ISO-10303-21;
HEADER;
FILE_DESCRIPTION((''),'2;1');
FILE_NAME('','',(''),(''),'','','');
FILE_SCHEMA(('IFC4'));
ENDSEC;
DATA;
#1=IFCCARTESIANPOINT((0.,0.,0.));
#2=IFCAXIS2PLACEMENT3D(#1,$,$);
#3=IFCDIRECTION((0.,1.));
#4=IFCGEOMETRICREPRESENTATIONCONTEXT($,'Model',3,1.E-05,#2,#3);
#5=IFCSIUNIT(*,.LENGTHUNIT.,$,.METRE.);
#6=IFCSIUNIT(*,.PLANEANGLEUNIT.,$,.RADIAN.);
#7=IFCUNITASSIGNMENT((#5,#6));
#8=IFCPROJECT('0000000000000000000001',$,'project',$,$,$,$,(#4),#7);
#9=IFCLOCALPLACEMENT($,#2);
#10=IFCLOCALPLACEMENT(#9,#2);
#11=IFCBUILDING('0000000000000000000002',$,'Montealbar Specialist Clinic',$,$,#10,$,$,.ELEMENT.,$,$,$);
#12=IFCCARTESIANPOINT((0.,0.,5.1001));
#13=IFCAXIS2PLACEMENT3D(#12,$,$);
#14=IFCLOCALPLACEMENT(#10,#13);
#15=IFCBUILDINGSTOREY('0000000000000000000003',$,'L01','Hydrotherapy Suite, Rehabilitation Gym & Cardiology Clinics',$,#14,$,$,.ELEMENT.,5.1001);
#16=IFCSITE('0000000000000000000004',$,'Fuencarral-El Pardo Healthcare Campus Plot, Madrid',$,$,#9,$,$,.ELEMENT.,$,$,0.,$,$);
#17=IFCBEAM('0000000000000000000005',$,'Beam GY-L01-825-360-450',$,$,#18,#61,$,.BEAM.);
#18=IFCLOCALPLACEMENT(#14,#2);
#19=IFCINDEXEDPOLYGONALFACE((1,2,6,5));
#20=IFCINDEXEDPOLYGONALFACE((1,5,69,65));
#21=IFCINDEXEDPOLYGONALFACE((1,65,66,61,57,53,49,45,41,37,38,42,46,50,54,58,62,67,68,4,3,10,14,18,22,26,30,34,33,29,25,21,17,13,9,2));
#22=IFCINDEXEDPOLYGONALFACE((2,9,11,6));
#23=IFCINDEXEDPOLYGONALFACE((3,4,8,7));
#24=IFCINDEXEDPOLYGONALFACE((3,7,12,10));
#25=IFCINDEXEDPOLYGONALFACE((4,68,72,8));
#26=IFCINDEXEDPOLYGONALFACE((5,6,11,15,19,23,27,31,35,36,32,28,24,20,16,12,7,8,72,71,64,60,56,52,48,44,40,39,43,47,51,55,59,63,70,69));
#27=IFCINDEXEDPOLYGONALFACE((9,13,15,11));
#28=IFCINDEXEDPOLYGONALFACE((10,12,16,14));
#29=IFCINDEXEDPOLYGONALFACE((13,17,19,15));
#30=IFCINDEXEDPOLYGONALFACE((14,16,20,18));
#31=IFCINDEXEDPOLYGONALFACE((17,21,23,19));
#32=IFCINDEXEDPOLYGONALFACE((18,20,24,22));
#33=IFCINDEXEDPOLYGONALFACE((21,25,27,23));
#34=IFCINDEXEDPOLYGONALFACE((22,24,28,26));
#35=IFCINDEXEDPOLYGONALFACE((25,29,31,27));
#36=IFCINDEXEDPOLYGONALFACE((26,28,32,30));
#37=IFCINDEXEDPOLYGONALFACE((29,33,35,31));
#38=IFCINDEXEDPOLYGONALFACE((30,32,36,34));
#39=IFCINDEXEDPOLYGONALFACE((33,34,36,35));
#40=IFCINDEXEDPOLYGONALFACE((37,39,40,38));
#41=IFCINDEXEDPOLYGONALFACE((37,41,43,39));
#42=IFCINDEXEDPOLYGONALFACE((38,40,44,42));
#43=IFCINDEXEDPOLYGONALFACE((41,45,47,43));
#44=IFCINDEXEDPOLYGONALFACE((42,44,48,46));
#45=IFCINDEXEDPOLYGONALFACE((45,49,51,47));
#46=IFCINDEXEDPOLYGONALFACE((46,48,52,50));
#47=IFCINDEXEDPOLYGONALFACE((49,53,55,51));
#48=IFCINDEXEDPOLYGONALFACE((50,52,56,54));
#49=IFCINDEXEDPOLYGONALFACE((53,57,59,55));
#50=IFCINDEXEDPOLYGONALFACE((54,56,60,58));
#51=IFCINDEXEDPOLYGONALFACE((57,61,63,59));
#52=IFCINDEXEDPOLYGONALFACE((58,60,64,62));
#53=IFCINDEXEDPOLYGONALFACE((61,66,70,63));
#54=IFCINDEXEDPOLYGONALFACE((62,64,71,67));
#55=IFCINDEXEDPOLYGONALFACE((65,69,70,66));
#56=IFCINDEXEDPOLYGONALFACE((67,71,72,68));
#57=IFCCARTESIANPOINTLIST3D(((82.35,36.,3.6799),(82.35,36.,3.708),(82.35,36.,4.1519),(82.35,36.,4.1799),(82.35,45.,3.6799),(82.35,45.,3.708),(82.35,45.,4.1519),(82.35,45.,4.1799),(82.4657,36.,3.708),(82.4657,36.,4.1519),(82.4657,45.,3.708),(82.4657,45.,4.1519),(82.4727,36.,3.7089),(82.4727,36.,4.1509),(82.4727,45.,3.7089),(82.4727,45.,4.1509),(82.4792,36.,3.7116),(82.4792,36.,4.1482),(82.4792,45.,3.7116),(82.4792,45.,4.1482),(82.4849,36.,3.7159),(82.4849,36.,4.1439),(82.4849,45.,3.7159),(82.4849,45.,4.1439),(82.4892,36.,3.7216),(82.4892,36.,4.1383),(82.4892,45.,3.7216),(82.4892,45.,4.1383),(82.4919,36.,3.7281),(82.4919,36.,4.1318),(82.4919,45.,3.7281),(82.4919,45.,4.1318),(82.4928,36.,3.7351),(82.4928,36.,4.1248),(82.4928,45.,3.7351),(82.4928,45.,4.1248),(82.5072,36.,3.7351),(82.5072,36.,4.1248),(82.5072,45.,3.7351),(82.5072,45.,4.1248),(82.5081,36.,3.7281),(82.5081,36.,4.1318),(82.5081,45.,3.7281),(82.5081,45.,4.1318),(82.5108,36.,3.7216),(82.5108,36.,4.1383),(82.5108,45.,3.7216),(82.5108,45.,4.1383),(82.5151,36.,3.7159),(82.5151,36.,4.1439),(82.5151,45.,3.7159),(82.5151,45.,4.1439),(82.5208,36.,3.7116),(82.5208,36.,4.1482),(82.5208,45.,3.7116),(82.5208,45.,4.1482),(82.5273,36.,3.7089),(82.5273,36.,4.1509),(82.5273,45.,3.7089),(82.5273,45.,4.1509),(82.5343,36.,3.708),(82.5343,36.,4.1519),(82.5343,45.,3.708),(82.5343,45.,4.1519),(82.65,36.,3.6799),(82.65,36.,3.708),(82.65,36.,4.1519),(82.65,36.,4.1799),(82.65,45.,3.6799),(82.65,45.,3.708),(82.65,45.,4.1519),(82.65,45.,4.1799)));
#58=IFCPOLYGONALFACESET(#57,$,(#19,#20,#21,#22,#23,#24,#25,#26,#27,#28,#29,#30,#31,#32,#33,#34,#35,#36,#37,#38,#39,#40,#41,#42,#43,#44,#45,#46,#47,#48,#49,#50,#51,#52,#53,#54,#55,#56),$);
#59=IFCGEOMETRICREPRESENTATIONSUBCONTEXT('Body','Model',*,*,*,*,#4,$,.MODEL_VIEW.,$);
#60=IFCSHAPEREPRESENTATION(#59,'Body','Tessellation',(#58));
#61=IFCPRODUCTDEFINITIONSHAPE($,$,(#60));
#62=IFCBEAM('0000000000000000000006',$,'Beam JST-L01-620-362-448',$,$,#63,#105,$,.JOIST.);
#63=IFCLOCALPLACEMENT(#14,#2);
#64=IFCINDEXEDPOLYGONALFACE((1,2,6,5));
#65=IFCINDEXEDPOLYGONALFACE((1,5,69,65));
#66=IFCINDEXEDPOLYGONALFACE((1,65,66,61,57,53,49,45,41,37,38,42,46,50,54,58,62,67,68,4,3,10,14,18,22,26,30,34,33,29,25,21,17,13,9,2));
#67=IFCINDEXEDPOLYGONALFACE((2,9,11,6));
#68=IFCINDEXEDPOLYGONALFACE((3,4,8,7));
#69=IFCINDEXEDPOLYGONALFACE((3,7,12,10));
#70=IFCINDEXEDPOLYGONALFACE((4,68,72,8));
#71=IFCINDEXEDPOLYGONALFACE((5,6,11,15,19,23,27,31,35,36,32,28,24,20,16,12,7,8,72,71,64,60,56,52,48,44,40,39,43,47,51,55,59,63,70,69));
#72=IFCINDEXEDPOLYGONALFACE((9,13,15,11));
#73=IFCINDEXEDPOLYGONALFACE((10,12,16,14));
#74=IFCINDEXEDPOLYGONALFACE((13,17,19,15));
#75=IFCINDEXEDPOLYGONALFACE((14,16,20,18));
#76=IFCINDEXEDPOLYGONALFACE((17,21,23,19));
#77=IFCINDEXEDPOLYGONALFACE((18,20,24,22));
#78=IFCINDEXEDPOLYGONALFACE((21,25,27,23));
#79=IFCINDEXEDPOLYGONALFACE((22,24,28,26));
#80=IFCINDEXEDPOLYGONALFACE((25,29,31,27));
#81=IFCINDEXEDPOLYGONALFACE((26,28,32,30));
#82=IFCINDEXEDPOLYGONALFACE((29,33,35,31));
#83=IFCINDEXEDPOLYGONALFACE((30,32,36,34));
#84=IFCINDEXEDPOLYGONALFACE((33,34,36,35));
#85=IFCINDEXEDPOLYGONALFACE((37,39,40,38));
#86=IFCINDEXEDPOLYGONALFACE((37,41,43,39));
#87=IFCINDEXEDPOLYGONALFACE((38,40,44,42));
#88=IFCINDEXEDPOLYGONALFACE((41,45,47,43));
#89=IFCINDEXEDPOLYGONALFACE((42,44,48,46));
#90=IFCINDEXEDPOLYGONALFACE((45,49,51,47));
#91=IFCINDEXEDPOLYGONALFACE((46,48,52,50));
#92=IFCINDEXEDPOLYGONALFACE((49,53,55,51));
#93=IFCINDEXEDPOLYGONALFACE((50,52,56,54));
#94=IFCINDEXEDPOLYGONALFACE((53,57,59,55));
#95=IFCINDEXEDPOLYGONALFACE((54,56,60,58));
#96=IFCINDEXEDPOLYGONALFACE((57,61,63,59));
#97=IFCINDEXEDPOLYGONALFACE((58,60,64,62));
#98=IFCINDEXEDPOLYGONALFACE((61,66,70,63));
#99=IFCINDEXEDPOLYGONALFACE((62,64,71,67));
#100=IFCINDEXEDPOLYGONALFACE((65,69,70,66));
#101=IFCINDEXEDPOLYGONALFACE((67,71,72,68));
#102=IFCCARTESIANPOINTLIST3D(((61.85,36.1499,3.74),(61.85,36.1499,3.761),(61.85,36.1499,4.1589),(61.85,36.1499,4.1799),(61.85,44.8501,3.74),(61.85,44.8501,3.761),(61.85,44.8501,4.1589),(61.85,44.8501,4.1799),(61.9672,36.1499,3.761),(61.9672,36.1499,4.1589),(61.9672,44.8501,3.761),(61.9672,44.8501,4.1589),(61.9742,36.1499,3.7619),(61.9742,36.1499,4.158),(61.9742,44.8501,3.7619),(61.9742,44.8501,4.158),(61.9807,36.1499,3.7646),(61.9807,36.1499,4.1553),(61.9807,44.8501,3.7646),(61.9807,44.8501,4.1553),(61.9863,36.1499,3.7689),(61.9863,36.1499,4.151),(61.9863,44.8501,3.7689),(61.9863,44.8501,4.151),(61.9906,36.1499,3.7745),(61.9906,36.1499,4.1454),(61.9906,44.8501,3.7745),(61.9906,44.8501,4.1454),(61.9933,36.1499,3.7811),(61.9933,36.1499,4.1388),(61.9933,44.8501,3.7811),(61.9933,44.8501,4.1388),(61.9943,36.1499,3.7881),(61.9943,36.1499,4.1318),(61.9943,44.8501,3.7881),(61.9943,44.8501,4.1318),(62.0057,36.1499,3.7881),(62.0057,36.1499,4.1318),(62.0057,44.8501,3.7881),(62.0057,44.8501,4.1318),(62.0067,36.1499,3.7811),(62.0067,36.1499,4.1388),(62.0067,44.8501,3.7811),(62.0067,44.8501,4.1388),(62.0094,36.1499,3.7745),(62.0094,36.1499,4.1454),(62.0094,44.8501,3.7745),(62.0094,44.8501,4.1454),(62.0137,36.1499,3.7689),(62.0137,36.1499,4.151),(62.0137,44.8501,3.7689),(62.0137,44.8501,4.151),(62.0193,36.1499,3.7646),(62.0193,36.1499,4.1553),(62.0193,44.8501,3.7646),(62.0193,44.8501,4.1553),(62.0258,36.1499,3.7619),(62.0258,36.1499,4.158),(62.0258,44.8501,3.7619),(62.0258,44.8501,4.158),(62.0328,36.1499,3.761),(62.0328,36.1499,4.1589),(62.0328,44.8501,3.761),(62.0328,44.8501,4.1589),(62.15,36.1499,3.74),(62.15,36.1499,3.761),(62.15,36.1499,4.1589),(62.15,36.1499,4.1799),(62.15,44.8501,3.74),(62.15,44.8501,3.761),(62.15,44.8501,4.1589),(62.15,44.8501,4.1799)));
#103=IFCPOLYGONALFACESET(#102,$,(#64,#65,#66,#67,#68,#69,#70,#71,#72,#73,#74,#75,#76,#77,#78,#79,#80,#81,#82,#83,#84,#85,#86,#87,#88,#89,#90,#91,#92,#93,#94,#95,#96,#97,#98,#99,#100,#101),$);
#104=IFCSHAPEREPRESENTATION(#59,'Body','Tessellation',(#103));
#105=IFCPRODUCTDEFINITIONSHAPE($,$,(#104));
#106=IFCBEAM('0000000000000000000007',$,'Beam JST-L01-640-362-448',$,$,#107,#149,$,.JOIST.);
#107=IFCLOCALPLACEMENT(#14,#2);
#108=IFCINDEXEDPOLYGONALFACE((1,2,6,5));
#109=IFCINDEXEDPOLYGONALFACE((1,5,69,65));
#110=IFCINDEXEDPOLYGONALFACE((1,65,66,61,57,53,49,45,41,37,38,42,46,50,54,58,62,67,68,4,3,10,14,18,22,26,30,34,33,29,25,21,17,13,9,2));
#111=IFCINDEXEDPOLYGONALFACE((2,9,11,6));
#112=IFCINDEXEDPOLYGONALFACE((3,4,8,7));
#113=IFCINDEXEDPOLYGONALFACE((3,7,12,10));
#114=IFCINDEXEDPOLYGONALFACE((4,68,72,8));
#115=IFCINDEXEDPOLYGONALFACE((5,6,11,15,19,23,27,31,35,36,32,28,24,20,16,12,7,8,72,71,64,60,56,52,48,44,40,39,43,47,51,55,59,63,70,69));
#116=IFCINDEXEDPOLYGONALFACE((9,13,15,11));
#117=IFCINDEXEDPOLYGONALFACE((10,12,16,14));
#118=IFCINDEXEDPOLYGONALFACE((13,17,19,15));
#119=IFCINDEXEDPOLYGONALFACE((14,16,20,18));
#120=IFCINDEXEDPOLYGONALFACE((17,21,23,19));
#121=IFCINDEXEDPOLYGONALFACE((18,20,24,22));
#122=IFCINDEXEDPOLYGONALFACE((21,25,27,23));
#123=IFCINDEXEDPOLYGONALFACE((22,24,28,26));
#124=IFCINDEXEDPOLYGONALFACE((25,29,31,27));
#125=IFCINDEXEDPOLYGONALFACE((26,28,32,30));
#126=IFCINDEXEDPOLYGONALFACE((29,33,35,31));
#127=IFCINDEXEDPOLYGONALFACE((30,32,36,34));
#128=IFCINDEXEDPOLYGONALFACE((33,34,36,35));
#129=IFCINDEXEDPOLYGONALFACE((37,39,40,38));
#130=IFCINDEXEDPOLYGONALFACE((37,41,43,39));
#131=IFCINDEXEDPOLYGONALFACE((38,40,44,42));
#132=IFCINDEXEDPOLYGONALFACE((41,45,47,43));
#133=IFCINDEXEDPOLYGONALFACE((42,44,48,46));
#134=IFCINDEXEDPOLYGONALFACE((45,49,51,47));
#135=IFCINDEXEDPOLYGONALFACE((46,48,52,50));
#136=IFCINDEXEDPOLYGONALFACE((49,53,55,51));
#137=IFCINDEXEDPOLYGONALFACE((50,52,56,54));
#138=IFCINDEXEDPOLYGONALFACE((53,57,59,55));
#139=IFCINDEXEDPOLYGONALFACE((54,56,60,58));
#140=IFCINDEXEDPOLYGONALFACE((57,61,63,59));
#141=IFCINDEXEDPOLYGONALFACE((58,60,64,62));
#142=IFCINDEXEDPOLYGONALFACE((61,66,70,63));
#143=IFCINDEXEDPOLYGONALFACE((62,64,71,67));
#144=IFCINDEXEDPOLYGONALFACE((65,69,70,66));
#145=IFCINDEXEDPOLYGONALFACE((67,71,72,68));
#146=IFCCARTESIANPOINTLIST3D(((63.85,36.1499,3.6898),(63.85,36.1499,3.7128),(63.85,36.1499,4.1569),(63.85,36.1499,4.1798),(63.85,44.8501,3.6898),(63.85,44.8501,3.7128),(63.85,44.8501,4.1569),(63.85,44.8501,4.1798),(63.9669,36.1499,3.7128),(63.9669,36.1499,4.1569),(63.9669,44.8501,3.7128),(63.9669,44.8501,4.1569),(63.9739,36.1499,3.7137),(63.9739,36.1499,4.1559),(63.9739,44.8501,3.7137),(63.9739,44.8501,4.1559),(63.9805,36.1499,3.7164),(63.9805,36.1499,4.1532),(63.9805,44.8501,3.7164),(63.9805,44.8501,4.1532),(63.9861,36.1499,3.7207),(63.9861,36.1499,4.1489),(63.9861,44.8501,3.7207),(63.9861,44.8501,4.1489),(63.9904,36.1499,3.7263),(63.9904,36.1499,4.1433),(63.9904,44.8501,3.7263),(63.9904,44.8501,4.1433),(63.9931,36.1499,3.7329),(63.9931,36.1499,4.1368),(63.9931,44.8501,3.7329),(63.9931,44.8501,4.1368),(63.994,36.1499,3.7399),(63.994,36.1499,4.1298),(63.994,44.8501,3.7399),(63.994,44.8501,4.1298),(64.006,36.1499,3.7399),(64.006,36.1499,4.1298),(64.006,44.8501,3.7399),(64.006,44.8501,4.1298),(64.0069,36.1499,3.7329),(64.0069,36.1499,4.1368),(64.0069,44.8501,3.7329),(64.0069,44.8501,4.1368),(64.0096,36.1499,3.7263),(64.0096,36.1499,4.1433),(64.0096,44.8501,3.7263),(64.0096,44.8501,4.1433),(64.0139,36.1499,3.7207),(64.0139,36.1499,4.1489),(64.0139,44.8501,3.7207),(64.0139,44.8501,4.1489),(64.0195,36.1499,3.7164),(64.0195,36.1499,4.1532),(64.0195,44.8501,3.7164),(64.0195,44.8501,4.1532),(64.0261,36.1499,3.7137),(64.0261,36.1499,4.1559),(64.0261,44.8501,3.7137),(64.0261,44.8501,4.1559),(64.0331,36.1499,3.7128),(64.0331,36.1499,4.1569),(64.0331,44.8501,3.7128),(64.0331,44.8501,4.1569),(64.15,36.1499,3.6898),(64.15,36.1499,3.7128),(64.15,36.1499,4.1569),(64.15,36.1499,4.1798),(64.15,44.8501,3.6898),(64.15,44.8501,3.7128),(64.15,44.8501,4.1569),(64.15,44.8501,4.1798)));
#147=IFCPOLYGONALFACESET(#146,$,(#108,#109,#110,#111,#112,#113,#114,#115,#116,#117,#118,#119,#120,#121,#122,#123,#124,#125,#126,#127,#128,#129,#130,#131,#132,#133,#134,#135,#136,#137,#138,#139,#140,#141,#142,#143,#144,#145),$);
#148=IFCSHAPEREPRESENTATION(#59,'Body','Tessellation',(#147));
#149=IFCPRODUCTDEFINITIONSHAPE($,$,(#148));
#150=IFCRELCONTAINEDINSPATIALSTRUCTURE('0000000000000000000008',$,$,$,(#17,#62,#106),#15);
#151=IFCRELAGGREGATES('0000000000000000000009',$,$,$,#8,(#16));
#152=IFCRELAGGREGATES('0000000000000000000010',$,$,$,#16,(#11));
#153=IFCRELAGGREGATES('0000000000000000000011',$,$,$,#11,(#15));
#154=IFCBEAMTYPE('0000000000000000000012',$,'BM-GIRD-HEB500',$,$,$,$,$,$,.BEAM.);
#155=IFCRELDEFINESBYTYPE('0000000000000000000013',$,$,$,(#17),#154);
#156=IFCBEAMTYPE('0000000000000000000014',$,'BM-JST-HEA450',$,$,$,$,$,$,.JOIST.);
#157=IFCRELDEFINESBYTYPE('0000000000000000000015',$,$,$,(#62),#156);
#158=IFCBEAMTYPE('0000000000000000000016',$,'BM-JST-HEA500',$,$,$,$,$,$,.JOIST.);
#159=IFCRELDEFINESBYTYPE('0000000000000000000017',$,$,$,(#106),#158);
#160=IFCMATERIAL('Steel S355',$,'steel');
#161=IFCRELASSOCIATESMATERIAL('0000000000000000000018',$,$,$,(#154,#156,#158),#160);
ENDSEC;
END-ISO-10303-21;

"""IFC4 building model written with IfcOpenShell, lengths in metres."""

from ifc_helpers import new_model, si_unit, direction, frame, origin, origin_2d, place, context, subcontext, project, spatial, i_section, extrude, material, material_profile, profile_set, type_object, element, save


model = new_model("IFC4")

# Units and contexts
model_context = context("Model", 3, precision=1e-05, world=origin(), true_north=direction((0.0, 1.0)))
body_context = subcontext(model_context, "Body", "Model", "MODEL_VIEW")
ifc_project = project(units=[si_unit("LENGTHUNIT", "METRE"), si_unit("PLANEANGLEUNIT", "RADIAN")], contexts=[model_context])

# Site, building, storey
site_placement = place(None, origin())
site = spatial("IfcSite", under=ifc_project, at=site_placement, Name="Fuencarral-El Pardo Healthcare Campus Plot, Madrid", CompositionType="ELEMENT", RefElevation=0.0)
building_placement = place(site_placement, origin())
building = spatial("IfcBuilding", under=site, at=building_placement, Name="Montealbar Specialist Clinic", CompositionType="ELEMENT")
storey_placement = place(building_placement, frame((0.0, 0.0, 5.1001)))
storey = spatial("IfcBuildingStorey", under=building, at=storey_placement, Name="L01", Description="Hydrotherapy Suite, Rehabilitation Gym & Cardiology Clinics", CompositionType="ELEMENT", Elevation=5.1001)

# Shared definitions
ifc_material_1 = material(Name="Steel S355", Category="steel")

# Beams
ifc_material_profile_1 = material_profile(ifc_material_1, i_section(OverallWidth=0.3, OverallDepth=0.5, WebThickness=0.0144, FlangeThickness=0.0281, FilletRadius=0.0271, at=origin_2d()), Name="HEB 500", Category="steel")
ifc_profile_set_1 = profile_set([ifc_material_profile_1], Name="Steel S355")
beam_type_1 = type_object("IfcBeamType", Name="BM-GIRD-HEB500", PredefinedType="BEAM", material=ifc_profile_set_1)
beam_1_placement = place(storey_placement, frame((82.5, 36.0, 3.9299), z_axis=(0.0, 1.0, 0.0), x_axis=(-1.0, 0.0, 0.0)))
element("IfcBeam", 1, at=beam_1_placement, inside=storey, type_object=beam_type_1, Name="Beam GY-L01-825-360-450", PredefinedType="BEAM", context=body_context, shape_type="SweptSolid", body=[
    extrude(i_section(OverallWidth=0.3, OverallDepth=0.5, WebThickness=0.0144, FlangeThickness=0.0281, FilletRadius=0.0271, at=origin_2d()), origin(), (0.0, 0.0, 1.0), 9.0),
])
ifc_material_profile_2 = material_profile(ifc_material_1, i_section(OverallWidth=0.3, OverallDepth=0.4399, WebThickness=0.0115, FlangeThickness=0.021, FilletRadius=0.0271, at=origin_2d()), Name="HEA 450", Category="steel")
ifc_profile_set_2 = profile_set([ifc_material_profile_2], Name="Steel S355")
beam_type_2 = type_object("IfcBeamType", Name="BM-JST-HEA450", PredefinedType="JOIST", material=ifc_profile_set_2)
beam_2_placement = place(storey_placement, frame((62.0, 36.1499, 3.96), z_axis=(0.0, 1.0, 0.0), x_axis=(-1.0, 0.0, 0.0)))
element("IfcBeam", 2, at=beam_2_placement, inside=storey, type_object=beam_type_2, Name="Beam JST-L01-620-362-448", PredefinedType="JOIST", context=body_context, shape_type="SweptSolid", body=[
    extrude(i_section(OverallWidth=0.3, OverallDepth=0.4399, WebThickness=0.0115, FlangeThickness=0.021, FilletRadius=0.0271, at=origin_2d()), origin(), (0.0, 0.0, 1.0), 8.7002),
])
ifc_material_profile_3 = material_profile(ifc_material_1, i_section(OverallWidth=0.3, OverallDepth=0.49, WebThickness=0.012, FlangeThickness=0.0229, FilletRadius=0.0271, at=origin_2d()), Name="HEA 500", Category="steel")
ifc_profile_set_3 = profile_set([ifc_material_profile_3], Name="Steel S355")
beam_type_3 = type_object("IfcBeamType", Name="BM-JST-HEA500", PredefinedType="JOIST", material=ifc_profile_set_3)
beam_3_placement = place(storey_placement, frame((64.0, 36.1499, 3.9348), z_axis=(0.0, 1.0, 0.0), x_axis=(-1.0, 0.0, 0.0)))
element("IfcBeam", 3, at=beam_3_placement, inside=storey, type_object=beam_type_3, Name="Beam JST-L01-640-362-448", PredefinedType="JOIST", context=body_context, shape_type="SweptSolid", body=[
    extrude(i_section(OverallWidth=0.3, OverallDepth=0.49, WebThickness=0.012, FlangeThickness=0.0229, FilletRadius=0.0271, at=origin_2d()), origin(), (0.0, 0.0, 1.0), 8.7002),
])

save(model, "model.ifc")
